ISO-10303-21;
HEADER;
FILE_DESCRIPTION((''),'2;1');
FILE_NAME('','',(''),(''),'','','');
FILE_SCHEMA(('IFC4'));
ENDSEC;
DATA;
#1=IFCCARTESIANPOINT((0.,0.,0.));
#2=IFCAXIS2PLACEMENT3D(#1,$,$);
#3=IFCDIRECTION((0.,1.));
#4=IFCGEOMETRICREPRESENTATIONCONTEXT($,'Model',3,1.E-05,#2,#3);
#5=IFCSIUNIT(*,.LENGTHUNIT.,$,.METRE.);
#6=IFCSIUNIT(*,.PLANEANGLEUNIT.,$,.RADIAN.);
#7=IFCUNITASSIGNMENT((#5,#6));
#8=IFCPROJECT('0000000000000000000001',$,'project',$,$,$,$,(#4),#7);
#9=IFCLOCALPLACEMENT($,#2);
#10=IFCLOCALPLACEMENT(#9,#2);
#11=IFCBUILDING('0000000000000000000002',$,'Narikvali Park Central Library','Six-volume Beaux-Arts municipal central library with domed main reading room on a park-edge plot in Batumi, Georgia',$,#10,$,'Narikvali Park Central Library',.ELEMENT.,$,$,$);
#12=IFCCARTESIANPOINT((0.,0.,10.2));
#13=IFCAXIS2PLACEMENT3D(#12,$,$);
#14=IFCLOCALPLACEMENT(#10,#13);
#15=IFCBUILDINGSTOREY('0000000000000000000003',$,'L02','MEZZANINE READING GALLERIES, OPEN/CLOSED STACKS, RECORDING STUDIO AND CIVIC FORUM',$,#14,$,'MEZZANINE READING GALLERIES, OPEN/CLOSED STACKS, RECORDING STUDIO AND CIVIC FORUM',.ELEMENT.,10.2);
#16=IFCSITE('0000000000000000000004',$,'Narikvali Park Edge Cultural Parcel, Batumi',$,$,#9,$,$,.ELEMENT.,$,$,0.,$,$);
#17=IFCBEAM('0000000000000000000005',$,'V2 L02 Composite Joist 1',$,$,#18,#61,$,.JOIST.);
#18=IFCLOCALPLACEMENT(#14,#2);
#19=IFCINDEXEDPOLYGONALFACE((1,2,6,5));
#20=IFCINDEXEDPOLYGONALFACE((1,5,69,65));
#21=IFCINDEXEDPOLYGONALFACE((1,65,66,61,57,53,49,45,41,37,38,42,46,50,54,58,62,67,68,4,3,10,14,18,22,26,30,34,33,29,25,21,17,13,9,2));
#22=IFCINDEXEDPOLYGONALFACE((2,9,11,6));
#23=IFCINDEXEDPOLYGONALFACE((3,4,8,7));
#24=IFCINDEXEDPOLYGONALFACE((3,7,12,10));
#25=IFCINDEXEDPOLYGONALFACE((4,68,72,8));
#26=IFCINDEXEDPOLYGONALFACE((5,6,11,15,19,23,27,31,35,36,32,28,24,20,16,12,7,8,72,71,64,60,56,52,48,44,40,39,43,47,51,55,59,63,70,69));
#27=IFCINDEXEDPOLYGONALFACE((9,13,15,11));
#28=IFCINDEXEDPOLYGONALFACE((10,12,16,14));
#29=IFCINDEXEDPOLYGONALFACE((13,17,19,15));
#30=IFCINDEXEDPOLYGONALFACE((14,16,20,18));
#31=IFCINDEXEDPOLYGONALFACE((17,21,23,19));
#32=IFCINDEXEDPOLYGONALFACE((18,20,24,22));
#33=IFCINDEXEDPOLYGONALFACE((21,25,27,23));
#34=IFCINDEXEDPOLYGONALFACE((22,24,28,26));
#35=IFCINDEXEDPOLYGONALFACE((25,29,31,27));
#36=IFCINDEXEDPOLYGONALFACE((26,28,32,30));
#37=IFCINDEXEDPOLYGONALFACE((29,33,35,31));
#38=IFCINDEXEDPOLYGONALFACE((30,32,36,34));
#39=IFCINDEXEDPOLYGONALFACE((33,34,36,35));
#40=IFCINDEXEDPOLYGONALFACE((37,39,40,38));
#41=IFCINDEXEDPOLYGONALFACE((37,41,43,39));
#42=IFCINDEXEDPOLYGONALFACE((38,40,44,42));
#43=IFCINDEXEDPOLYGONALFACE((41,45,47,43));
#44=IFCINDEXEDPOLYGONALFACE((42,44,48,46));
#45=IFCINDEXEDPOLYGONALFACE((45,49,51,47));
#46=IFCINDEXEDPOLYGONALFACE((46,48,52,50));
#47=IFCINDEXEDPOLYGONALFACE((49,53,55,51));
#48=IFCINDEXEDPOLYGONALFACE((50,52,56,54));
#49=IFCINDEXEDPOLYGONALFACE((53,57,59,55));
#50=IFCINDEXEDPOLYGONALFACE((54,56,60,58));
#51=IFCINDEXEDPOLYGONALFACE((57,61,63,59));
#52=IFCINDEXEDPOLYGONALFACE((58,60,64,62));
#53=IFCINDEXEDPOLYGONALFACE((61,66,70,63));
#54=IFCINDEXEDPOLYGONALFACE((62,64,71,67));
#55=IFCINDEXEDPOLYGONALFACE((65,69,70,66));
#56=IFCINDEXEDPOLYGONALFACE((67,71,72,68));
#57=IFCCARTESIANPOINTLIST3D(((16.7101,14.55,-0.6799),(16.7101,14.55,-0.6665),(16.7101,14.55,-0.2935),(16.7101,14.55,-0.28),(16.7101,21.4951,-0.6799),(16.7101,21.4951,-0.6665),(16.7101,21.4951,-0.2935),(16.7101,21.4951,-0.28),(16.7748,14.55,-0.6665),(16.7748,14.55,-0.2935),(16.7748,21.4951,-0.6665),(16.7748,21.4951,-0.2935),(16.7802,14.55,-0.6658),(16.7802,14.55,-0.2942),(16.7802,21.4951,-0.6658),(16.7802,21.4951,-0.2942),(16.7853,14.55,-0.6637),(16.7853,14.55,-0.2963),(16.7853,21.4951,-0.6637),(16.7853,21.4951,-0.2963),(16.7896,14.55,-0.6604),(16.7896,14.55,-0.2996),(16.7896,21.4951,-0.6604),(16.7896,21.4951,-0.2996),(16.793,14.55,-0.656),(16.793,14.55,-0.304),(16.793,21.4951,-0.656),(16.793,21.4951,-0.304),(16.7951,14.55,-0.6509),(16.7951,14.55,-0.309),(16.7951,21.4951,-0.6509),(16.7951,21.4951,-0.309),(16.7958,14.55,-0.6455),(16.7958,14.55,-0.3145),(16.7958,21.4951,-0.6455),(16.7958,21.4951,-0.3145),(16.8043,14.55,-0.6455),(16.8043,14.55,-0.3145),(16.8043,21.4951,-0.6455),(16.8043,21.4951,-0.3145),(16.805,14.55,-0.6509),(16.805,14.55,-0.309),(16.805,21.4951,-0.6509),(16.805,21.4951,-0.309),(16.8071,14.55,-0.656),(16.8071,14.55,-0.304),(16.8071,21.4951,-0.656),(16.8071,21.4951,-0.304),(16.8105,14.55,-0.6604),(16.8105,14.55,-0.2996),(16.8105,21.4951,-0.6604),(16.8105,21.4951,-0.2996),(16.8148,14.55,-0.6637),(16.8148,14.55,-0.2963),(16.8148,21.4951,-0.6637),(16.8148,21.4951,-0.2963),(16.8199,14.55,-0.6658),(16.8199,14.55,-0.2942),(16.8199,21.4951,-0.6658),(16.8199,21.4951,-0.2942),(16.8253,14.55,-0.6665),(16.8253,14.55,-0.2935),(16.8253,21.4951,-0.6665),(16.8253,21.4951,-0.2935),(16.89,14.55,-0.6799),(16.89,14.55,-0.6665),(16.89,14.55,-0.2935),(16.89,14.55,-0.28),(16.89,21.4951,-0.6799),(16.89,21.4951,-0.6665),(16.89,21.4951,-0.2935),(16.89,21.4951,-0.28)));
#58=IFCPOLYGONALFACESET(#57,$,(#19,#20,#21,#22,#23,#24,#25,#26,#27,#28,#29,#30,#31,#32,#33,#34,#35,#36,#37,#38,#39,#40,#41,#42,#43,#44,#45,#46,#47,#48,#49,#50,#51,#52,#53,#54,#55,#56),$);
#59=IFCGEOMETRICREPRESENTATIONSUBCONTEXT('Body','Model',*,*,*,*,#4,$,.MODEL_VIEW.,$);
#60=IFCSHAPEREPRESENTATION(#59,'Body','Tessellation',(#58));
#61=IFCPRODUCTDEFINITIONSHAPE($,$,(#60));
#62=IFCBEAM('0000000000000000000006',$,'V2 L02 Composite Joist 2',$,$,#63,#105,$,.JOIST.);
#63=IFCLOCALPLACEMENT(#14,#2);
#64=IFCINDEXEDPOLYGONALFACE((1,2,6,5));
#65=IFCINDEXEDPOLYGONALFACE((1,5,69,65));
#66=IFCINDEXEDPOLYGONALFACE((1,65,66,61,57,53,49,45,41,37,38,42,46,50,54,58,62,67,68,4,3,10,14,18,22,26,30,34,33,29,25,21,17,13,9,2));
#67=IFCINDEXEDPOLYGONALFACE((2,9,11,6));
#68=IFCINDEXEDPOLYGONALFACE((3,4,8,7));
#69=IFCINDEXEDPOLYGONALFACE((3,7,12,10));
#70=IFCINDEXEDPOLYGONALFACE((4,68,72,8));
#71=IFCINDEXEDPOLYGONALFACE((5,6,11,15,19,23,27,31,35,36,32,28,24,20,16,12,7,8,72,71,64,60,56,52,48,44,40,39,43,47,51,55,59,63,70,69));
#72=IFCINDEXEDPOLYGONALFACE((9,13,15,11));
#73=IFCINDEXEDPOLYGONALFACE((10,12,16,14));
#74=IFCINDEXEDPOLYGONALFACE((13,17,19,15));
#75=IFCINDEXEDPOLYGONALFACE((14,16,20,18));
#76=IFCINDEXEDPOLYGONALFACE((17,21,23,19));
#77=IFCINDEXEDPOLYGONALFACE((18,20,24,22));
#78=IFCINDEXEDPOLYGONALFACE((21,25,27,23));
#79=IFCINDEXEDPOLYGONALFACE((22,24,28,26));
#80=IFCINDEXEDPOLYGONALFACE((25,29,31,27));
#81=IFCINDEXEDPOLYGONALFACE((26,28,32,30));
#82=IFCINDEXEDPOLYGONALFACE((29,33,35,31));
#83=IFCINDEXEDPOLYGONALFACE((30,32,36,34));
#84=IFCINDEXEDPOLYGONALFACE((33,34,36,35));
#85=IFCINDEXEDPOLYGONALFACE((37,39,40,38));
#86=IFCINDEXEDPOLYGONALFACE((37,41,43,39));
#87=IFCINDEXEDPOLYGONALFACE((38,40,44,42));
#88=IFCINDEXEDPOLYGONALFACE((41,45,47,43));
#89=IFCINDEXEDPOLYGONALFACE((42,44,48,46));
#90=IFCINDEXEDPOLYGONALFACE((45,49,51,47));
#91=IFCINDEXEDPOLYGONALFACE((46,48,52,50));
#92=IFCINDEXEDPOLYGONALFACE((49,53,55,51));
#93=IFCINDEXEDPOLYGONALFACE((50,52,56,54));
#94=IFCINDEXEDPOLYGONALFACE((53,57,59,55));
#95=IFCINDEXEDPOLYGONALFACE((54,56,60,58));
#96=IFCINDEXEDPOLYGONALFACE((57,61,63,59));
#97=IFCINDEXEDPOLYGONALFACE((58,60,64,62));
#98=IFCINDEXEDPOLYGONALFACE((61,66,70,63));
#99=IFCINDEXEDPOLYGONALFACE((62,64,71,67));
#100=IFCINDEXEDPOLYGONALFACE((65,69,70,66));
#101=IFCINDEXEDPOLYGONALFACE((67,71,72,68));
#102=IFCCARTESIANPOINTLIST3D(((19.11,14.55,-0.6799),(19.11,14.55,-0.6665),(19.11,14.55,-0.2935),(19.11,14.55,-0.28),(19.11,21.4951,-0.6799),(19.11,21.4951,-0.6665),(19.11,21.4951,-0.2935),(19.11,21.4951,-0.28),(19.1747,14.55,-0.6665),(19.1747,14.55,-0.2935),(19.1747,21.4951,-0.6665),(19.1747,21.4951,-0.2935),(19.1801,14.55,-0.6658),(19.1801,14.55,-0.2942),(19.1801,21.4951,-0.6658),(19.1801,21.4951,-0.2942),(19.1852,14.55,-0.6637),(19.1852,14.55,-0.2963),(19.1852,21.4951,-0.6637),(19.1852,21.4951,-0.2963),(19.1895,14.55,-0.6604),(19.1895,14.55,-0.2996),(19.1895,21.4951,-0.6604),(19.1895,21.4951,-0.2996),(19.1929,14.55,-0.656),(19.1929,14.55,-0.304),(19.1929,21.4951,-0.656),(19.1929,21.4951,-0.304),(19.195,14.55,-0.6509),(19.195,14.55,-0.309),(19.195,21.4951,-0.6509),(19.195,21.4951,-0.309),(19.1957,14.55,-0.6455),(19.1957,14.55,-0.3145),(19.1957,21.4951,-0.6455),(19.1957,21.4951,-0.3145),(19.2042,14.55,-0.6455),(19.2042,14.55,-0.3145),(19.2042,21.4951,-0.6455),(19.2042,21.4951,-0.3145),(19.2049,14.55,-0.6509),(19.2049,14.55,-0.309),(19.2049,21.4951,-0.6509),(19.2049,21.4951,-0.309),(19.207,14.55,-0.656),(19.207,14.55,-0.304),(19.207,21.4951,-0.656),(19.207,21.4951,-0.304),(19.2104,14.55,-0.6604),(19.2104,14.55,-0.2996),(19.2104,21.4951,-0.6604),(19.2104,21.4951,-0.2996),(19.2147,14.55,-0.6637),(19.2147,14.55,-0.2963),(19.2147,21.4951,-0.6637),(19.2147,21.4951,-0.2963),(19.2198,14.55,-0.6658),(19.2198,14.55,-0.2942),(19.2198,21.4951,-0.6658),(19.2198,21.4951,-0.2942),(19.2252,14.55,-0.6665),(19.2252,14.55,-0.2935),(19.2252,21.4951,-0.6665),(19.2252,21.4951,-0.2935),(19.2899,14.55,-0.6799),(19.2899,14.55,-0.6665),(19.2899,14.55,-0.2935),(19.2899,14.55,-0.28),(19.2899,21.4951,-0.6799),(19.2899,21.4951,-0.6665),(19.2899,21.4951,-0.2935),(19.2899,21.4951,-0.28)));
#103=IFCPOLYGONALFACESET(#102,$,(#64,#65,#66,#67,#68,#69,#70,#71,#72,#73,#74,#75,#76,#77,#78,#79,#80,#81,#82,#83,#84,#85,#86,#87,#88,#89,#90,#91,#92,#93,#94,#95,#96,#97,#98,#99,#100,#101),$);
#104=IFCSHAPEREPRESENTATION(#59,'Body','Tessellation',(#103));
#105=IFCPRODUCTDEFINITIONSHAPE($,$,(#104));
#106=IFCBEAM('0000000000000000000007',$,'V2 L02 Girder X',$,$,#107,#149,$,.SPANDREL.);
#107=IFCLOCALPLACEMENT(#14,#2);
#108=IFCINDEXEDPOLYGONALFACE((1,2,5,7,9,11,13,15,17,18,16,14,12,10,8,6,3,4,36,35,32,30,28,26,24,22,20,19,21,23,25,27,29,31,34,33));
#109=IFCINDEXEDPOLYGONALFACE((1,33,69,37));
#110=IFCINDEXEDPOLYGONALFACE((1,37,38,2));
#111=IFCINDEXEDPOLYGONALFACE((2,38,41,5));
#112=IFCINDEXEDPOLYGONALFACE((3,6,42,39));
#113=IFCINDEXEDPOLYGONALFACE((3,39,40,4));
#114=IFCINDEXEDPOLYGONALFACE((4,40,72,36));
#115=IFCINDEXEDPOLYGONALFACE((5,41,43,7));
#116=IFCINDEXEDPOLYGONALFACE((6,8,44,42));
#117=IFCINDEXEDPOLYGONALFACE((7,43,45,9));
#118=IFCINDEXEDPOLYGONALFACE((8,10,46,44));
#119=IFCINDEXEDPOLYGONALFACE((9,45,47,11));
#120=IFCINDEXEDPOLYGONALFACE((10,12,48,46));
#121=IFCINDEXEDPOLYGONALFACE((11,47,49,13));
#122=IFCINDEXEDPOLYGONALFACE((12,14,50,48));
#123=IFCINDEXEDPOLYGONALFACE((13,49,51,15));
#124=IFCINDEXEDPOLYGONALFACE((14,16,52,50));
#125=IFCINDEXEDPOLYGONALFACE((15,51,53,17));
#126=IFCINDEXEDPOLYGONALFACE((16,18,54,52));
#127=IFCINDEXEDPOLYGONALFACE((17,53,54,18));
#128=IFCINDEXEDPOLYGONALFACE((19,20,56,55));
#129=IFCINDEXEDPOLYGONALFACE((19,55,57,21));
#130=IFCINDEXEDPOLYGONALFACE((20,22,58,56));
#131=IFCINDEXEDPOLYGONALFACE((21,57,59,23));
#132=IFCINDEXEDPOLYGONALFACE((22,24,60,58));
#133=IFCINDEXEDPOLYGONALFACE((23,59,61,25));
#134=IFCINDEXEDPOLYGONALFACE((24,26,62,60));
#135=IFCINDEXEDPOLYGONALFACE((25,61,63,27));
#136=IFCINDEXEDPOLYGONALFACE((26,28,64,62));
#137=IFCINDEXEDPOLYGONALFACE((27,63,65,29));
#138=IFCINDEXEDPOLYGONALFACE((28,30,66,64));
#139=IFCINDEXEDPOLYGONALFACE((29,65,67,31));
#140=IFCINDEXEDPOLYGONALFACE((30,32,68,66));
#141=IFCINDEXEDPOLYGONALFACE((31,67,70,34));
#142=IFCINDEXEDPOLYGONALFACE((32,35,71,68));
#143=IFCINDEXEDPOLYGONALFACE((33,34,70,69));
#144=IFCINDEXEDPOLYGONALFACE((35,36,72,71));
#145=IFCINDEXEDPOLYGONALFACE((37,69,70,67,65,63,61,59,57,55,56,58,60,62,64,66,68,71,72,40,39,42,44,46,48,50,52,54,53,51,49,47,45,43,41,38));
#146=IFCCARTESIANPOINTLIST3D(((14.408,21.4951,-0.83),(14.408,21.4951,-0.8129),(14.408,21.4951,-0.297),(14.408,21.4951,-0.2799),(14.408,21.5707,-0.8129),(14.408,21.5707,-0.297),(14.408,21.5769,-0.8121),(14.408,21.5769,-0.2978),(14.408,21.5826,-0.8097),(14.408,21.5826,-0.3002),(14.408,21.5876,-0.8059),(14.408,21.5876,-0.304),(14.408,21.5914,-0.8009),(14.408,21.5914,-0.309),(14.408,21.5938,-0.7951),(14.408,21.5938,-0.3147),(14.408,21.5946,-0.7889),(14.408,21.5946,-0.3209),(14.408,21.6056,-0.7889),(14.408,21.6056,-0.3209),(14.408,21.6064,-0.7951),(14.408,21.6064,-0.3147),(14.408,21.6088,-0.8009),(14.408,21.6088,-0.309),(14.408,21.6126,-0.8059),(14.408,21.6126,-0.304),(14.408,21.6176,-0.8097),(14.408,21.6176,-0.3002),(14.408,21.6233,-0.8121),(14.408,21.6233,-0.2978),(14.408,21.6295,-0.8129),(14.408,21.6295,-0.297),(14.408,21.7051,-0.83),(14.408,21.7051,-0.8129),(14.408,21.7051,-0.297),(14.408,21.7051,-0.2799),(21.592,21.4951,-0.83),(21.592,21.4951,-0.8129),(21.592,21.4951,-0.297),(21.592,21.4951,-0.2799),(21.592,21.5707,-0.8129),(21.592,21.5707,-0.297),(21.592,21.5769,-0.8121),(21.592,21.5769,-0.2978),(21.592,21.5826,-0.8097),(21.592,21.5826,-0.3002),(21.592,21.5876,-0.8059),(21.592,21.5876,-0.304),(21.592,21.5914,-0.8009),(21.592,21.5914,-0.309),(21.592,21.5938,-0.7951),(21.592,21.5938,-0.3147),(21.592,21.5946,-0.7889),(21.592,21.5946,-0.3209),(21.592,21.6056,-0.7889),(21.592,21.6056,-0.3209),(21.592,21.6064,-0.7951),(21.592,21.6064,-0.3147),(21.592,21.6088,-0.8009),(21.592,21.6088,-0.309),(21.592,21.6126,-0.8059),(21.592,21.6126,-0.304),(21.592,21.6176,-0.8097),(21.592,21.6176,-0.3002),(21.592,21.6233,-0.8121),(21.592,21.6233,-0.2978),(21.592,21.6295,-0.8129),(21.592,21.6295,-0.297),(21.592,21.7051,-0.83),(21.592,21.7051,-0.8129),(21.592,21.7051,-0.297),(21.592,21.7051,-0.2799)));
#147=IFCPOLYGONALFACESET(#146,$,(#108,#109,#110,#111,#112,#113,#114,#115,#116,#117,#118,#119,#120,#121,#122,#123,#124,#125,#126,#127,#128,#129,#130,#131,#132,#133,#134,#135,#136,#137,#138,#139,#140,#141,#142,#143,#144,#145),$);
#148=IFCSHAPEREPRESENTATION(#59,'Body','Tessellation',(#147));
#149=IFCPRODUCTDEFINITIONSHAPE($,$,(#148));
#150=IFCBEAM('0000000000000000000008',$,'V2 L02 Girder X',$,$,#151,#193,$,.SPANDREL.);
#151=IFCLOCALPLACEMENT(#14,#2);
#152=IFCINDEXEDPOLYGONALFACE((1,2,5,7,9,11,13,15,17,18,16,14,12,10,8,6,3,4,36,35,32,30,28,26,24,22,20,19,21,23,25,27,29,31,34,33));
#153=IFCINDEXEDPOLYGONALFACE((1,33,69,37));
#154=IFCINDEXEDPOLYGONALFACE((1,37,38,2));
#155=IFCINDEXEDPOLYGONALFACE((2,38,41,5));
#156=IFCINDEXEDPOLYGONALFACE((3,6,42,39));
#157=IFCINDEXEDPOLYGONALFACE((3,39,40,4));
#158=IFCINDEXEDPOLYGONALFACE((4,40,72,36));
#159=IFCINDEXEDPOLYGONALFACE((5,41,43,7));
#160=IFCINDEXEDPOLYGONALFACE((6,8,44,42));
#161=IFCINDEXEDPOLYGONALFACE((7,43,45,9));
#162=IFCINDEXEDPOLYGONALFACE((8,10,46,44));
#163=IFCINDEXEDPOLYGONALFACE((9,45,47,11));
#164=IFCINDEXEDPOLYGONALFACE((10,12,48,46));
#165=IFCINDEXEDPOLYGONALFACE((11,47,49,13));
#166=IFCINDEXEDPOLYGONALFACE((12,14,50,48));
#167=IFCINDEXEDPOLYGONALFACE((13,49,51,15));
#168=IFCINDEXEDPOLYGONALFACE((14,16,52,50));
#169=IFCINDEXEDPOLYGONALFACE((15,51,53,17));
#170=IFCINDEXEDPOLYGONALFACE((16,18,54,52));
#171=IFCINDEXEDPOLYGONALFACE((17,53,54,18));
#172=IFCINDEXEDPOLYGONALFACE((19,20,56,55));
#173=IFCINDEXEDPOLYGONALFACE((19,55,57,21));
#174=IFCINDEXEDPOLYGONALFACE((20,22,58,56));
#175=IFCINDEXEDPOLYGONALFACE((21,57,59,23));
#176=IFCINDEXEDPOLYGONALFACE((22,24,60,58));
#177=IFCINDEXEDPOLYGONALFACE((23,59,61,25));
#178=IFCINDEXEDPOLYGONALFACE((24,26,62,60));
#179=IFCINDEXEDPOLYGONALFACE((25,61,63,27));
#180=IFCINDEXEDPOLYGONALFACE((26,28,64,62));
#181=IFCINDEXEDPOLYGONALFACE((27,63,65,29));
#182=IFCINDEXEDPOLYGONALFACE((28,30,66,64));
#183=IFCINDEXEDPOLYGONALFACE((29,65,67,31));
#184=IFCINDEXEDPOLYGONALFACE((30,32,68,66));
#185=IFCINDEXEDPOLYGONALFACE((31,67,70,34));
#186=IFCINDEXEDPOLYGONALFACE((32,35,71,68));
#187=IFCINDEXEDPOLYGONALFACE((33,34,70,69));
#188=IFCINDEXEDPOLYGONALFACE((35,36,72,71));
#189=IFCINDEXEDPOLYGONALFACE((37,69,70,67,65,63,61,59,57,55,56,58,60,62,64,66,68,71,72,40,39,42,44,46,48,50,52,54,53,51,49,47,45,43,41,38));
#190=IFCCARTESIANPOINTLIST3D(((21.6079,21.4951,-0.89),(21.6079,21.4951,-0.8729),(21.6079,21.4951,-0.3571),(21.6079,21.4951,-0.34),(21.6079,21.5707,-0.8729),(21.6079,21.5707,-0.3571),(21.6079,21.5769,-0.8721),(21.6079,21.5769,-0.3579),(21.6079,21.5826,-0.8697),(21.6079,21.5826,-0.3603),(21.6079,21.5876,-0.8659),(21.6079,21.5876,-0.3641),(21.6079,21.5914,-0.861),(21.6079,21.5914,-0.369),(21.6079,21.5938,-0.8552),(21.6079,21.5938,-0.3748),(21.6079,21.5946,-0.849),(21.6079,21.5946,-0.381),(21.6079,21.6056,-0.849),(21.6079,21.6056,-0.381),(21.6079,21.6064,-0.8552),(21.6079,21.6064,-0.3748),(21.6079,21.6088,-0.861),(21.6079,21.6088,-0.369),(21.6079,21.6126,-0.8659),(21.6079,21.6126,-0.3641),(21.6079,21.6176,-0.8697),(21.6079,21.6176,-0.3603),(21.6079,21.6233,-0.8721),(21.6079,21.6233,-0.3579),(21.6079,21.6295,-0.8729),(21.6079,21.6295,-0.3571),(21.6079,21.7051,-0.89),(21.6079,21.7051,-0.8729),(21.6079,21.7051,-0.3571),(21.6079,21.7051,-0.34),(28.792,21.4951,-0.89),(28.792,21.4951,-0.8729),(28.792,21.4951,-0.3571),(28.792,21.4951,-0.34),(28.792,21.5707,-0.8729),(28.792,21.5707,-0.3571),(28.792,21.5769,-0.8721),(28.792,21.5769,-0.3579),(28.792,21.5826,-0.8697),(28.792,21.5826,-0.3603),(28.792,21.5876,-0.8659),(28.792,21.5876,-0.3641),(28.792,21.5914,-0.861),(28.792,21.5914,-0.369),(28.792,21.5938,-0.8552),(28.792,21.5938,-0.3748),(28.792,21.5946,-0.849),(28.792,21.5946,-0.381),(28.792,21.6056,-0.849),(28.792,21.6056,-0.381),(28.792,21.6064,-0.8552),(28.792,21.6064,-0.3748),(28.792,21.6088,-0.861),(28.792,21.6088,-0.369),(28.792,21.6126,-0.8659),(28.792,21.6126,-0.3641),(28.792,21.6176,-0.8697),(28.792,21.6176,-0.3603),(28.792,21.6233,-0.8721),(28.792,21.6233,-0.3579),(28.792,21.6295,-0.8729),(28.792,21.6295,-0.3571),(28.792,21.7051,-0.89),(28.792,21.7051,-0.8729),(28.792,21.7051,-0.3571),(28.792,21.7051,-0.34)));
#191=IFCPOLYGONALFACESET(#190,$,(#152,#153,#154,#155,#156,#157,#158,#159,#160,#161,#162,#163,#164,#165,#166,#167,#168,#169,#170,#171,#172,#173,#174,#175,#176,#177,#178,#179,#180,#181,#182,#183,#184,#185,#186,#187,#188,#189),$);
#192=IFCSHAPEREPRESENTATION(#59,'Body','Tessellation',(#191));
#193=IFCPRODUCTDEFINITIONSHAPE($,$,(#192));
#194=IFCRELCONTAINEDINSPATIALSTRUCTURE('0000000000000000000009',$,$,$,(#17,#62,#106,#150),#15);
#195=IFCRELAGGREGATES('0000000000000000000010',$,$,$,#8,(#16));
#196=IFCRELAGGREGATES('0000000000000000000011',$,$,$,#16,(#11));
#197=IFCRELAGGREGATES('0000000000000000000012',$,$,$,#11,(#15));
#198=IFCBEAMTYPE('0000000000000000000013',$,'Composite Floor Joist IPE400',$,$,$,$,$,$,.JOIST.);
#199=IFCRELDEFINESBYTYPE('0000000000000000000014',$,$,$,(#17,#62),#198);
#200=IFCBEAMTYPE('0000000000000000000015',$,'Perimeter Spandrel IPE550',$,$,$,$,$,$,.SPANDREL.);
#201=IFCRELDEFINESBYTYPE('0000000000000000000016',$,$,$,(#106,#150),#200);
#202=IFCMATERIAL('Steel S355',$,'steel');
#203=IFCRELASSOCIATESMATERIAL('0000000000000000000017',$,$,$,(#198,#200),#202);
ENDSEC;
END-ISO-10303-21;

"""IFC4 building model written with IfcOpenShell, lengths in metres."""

from ifc_helpers import new_model, si_unit, direction, frame, origin, origin_2d, place, context, subcontext, project, spatial, i_section, extrude, material, material_profile, profile_set, type_object, element, save


model = new_model("IFC4")

# Units and contexts
model_context = context("Model", 3, precision=1e-05, world=origin(), true_north=direction((0.0, 1.0)))
body_context = subcontext(model_context, "Body", "Model", "MODEL_VIEW")
ifc_project = project(units=[si_unit("LENGTHUNIT", "METRE"), si_unit("PLANEANGLEUNIT", "RADIAN")], contexts=[model_context])

# Site, building, storey
site_placement = place(None, origin())
site = spatial("IfcSite", under=ifc_project, at=site_placement, Name="Narikvali Park Edge Cultural Parcel, Batumi", CompositionType="ELEMENT", RefElevation=0.0)
building_placement = place(site_placement, origin())
building = spatial("IfcBuilding", under=site, at=building_placement, Name="Narikvali Park Central Library", Description="Six-volume Beaux-Arts municipal central library with domed main reading room on a park-edge plot in Batumi, Georgia", LongName="Narikvali Park Central Library", CompositionType="ELEMENT")
storey_placement = place(building_placement, frame((0.0, 0.0, 10.2)))
storey = spatial("IfcBuildingStorey", under=building, at=storey_placement, Name="L02", Description="MEZZANINE READING GALLERIES, OPEN/CLOSED STACKS, RECORDING STUDIO AND CIVIC FORUM", LongName="MEZZANINE READING GALLERIES, OPEN/CLOSED STACKS, RECORDING STUDIO AND CIVIC FORUM", CompositionType="ELEMENT", Elevation=10.2)

# Shared definitions
ifc_material_1 = material(Name="Steel S355", Category="steel")

# Beams
ifc_material_profile_1 = material_profile(ifc_material_1, i_section(OverallWidth=0.1799, OverallDepth=0.3999, WebThickness=0.0085, FlangeThickness=0.0134, FilletRadius=0.021, at=origin_2d()), Name="IPE 400")
ifc_profile_set_1 = profile_set([ifc_material_profile_1], Name="Steel S355")
beam_type_1 = type_object("IfcBeamType", Name="Composite Floor Joist IPE400", PredefinedType="JOIST", material=ifc_profile_set_1)
for number, where, z_axis, x_axis, name in (
    (1, (16.8, 14.55, -0.48), (0.0, 1.0, 0.0), (-1.0, 0.0, 0.0), "V2 L02 Composite Joist 1"),
    (2, (19.2, 14.55, -0.48), (0.0, 1.0, 0.0), (-1.0, 0.0, 0.0), "V2 L02 Composite Joist 2"),
):
    element("IfcBeam", number, at=place(storey_placement, frame(where, z_axis=z_axis, x_axis=x_axis)), inside=storey, type_object=beam_type_1, Name=name, PredefinedType="JOIST", context=body_context, shape_type="SweptSolid", body=[
        extrude(i_section(OverallWidth=0.1799, OverallDepth=0.3999, WebThickness=0.0085, FlangeThickness=0.0134, FilletRadius=0.021, at=origin_2d()), origin(), (0.0, 0.0, 1.0), 6.9451),
    ])
ifc_material_profile_2 = material_profile(ifc_material_1, i_section(OverallWidth=0.21, OverallDepth=0.55, WebThickness=0.011, FlangeThickness=0.0171, FilletRadius=0.0239, at=origin_2d()), Name="IPE 550")
ifc_profile_set_2 = profile_set([ifc_material_profile_2], Name="Steel S355")
beam_type_2 = type_object("IfcBeamType", Name="Perimeter Spandrel IPE550", PredefinedType="SPANDREL", material=ifc_profile_set_2)
for number, where, z_axis, x_axis, name in (
    (3, (14.408, 21.6001, -0.5549), (1.0, 0.0, 0.0), (0.0, 1.0, 0.0), "V2 L02 Girder X"),
    (4, (21.6079, 21.6001, -0.615), (1.0, 0.0, 0.0), (0.0, 1.0, 0.0), "V2 L02 Girder X"),
):
    element("IfcBeam", number, at=place(storey_placement, frame(where, z_axis=z_axis, x_axis=x_axis)), inside=storey, type_object=beam_type_2, Name=name, PredefinedType="SPANDREL", context=body_context, shape_type="SweptSolid", body=[
        extrude(i_section(OverallWidth=0.21, OverallDepth=0.55, WebThickness=0.011, FlangeThickness=0.0171, FilletRadius=0.0239, at=origin_2d()), origin(), (0.0, 0.0, 1.0), 7.1841),
    ])

save(model, "model.ifc")
